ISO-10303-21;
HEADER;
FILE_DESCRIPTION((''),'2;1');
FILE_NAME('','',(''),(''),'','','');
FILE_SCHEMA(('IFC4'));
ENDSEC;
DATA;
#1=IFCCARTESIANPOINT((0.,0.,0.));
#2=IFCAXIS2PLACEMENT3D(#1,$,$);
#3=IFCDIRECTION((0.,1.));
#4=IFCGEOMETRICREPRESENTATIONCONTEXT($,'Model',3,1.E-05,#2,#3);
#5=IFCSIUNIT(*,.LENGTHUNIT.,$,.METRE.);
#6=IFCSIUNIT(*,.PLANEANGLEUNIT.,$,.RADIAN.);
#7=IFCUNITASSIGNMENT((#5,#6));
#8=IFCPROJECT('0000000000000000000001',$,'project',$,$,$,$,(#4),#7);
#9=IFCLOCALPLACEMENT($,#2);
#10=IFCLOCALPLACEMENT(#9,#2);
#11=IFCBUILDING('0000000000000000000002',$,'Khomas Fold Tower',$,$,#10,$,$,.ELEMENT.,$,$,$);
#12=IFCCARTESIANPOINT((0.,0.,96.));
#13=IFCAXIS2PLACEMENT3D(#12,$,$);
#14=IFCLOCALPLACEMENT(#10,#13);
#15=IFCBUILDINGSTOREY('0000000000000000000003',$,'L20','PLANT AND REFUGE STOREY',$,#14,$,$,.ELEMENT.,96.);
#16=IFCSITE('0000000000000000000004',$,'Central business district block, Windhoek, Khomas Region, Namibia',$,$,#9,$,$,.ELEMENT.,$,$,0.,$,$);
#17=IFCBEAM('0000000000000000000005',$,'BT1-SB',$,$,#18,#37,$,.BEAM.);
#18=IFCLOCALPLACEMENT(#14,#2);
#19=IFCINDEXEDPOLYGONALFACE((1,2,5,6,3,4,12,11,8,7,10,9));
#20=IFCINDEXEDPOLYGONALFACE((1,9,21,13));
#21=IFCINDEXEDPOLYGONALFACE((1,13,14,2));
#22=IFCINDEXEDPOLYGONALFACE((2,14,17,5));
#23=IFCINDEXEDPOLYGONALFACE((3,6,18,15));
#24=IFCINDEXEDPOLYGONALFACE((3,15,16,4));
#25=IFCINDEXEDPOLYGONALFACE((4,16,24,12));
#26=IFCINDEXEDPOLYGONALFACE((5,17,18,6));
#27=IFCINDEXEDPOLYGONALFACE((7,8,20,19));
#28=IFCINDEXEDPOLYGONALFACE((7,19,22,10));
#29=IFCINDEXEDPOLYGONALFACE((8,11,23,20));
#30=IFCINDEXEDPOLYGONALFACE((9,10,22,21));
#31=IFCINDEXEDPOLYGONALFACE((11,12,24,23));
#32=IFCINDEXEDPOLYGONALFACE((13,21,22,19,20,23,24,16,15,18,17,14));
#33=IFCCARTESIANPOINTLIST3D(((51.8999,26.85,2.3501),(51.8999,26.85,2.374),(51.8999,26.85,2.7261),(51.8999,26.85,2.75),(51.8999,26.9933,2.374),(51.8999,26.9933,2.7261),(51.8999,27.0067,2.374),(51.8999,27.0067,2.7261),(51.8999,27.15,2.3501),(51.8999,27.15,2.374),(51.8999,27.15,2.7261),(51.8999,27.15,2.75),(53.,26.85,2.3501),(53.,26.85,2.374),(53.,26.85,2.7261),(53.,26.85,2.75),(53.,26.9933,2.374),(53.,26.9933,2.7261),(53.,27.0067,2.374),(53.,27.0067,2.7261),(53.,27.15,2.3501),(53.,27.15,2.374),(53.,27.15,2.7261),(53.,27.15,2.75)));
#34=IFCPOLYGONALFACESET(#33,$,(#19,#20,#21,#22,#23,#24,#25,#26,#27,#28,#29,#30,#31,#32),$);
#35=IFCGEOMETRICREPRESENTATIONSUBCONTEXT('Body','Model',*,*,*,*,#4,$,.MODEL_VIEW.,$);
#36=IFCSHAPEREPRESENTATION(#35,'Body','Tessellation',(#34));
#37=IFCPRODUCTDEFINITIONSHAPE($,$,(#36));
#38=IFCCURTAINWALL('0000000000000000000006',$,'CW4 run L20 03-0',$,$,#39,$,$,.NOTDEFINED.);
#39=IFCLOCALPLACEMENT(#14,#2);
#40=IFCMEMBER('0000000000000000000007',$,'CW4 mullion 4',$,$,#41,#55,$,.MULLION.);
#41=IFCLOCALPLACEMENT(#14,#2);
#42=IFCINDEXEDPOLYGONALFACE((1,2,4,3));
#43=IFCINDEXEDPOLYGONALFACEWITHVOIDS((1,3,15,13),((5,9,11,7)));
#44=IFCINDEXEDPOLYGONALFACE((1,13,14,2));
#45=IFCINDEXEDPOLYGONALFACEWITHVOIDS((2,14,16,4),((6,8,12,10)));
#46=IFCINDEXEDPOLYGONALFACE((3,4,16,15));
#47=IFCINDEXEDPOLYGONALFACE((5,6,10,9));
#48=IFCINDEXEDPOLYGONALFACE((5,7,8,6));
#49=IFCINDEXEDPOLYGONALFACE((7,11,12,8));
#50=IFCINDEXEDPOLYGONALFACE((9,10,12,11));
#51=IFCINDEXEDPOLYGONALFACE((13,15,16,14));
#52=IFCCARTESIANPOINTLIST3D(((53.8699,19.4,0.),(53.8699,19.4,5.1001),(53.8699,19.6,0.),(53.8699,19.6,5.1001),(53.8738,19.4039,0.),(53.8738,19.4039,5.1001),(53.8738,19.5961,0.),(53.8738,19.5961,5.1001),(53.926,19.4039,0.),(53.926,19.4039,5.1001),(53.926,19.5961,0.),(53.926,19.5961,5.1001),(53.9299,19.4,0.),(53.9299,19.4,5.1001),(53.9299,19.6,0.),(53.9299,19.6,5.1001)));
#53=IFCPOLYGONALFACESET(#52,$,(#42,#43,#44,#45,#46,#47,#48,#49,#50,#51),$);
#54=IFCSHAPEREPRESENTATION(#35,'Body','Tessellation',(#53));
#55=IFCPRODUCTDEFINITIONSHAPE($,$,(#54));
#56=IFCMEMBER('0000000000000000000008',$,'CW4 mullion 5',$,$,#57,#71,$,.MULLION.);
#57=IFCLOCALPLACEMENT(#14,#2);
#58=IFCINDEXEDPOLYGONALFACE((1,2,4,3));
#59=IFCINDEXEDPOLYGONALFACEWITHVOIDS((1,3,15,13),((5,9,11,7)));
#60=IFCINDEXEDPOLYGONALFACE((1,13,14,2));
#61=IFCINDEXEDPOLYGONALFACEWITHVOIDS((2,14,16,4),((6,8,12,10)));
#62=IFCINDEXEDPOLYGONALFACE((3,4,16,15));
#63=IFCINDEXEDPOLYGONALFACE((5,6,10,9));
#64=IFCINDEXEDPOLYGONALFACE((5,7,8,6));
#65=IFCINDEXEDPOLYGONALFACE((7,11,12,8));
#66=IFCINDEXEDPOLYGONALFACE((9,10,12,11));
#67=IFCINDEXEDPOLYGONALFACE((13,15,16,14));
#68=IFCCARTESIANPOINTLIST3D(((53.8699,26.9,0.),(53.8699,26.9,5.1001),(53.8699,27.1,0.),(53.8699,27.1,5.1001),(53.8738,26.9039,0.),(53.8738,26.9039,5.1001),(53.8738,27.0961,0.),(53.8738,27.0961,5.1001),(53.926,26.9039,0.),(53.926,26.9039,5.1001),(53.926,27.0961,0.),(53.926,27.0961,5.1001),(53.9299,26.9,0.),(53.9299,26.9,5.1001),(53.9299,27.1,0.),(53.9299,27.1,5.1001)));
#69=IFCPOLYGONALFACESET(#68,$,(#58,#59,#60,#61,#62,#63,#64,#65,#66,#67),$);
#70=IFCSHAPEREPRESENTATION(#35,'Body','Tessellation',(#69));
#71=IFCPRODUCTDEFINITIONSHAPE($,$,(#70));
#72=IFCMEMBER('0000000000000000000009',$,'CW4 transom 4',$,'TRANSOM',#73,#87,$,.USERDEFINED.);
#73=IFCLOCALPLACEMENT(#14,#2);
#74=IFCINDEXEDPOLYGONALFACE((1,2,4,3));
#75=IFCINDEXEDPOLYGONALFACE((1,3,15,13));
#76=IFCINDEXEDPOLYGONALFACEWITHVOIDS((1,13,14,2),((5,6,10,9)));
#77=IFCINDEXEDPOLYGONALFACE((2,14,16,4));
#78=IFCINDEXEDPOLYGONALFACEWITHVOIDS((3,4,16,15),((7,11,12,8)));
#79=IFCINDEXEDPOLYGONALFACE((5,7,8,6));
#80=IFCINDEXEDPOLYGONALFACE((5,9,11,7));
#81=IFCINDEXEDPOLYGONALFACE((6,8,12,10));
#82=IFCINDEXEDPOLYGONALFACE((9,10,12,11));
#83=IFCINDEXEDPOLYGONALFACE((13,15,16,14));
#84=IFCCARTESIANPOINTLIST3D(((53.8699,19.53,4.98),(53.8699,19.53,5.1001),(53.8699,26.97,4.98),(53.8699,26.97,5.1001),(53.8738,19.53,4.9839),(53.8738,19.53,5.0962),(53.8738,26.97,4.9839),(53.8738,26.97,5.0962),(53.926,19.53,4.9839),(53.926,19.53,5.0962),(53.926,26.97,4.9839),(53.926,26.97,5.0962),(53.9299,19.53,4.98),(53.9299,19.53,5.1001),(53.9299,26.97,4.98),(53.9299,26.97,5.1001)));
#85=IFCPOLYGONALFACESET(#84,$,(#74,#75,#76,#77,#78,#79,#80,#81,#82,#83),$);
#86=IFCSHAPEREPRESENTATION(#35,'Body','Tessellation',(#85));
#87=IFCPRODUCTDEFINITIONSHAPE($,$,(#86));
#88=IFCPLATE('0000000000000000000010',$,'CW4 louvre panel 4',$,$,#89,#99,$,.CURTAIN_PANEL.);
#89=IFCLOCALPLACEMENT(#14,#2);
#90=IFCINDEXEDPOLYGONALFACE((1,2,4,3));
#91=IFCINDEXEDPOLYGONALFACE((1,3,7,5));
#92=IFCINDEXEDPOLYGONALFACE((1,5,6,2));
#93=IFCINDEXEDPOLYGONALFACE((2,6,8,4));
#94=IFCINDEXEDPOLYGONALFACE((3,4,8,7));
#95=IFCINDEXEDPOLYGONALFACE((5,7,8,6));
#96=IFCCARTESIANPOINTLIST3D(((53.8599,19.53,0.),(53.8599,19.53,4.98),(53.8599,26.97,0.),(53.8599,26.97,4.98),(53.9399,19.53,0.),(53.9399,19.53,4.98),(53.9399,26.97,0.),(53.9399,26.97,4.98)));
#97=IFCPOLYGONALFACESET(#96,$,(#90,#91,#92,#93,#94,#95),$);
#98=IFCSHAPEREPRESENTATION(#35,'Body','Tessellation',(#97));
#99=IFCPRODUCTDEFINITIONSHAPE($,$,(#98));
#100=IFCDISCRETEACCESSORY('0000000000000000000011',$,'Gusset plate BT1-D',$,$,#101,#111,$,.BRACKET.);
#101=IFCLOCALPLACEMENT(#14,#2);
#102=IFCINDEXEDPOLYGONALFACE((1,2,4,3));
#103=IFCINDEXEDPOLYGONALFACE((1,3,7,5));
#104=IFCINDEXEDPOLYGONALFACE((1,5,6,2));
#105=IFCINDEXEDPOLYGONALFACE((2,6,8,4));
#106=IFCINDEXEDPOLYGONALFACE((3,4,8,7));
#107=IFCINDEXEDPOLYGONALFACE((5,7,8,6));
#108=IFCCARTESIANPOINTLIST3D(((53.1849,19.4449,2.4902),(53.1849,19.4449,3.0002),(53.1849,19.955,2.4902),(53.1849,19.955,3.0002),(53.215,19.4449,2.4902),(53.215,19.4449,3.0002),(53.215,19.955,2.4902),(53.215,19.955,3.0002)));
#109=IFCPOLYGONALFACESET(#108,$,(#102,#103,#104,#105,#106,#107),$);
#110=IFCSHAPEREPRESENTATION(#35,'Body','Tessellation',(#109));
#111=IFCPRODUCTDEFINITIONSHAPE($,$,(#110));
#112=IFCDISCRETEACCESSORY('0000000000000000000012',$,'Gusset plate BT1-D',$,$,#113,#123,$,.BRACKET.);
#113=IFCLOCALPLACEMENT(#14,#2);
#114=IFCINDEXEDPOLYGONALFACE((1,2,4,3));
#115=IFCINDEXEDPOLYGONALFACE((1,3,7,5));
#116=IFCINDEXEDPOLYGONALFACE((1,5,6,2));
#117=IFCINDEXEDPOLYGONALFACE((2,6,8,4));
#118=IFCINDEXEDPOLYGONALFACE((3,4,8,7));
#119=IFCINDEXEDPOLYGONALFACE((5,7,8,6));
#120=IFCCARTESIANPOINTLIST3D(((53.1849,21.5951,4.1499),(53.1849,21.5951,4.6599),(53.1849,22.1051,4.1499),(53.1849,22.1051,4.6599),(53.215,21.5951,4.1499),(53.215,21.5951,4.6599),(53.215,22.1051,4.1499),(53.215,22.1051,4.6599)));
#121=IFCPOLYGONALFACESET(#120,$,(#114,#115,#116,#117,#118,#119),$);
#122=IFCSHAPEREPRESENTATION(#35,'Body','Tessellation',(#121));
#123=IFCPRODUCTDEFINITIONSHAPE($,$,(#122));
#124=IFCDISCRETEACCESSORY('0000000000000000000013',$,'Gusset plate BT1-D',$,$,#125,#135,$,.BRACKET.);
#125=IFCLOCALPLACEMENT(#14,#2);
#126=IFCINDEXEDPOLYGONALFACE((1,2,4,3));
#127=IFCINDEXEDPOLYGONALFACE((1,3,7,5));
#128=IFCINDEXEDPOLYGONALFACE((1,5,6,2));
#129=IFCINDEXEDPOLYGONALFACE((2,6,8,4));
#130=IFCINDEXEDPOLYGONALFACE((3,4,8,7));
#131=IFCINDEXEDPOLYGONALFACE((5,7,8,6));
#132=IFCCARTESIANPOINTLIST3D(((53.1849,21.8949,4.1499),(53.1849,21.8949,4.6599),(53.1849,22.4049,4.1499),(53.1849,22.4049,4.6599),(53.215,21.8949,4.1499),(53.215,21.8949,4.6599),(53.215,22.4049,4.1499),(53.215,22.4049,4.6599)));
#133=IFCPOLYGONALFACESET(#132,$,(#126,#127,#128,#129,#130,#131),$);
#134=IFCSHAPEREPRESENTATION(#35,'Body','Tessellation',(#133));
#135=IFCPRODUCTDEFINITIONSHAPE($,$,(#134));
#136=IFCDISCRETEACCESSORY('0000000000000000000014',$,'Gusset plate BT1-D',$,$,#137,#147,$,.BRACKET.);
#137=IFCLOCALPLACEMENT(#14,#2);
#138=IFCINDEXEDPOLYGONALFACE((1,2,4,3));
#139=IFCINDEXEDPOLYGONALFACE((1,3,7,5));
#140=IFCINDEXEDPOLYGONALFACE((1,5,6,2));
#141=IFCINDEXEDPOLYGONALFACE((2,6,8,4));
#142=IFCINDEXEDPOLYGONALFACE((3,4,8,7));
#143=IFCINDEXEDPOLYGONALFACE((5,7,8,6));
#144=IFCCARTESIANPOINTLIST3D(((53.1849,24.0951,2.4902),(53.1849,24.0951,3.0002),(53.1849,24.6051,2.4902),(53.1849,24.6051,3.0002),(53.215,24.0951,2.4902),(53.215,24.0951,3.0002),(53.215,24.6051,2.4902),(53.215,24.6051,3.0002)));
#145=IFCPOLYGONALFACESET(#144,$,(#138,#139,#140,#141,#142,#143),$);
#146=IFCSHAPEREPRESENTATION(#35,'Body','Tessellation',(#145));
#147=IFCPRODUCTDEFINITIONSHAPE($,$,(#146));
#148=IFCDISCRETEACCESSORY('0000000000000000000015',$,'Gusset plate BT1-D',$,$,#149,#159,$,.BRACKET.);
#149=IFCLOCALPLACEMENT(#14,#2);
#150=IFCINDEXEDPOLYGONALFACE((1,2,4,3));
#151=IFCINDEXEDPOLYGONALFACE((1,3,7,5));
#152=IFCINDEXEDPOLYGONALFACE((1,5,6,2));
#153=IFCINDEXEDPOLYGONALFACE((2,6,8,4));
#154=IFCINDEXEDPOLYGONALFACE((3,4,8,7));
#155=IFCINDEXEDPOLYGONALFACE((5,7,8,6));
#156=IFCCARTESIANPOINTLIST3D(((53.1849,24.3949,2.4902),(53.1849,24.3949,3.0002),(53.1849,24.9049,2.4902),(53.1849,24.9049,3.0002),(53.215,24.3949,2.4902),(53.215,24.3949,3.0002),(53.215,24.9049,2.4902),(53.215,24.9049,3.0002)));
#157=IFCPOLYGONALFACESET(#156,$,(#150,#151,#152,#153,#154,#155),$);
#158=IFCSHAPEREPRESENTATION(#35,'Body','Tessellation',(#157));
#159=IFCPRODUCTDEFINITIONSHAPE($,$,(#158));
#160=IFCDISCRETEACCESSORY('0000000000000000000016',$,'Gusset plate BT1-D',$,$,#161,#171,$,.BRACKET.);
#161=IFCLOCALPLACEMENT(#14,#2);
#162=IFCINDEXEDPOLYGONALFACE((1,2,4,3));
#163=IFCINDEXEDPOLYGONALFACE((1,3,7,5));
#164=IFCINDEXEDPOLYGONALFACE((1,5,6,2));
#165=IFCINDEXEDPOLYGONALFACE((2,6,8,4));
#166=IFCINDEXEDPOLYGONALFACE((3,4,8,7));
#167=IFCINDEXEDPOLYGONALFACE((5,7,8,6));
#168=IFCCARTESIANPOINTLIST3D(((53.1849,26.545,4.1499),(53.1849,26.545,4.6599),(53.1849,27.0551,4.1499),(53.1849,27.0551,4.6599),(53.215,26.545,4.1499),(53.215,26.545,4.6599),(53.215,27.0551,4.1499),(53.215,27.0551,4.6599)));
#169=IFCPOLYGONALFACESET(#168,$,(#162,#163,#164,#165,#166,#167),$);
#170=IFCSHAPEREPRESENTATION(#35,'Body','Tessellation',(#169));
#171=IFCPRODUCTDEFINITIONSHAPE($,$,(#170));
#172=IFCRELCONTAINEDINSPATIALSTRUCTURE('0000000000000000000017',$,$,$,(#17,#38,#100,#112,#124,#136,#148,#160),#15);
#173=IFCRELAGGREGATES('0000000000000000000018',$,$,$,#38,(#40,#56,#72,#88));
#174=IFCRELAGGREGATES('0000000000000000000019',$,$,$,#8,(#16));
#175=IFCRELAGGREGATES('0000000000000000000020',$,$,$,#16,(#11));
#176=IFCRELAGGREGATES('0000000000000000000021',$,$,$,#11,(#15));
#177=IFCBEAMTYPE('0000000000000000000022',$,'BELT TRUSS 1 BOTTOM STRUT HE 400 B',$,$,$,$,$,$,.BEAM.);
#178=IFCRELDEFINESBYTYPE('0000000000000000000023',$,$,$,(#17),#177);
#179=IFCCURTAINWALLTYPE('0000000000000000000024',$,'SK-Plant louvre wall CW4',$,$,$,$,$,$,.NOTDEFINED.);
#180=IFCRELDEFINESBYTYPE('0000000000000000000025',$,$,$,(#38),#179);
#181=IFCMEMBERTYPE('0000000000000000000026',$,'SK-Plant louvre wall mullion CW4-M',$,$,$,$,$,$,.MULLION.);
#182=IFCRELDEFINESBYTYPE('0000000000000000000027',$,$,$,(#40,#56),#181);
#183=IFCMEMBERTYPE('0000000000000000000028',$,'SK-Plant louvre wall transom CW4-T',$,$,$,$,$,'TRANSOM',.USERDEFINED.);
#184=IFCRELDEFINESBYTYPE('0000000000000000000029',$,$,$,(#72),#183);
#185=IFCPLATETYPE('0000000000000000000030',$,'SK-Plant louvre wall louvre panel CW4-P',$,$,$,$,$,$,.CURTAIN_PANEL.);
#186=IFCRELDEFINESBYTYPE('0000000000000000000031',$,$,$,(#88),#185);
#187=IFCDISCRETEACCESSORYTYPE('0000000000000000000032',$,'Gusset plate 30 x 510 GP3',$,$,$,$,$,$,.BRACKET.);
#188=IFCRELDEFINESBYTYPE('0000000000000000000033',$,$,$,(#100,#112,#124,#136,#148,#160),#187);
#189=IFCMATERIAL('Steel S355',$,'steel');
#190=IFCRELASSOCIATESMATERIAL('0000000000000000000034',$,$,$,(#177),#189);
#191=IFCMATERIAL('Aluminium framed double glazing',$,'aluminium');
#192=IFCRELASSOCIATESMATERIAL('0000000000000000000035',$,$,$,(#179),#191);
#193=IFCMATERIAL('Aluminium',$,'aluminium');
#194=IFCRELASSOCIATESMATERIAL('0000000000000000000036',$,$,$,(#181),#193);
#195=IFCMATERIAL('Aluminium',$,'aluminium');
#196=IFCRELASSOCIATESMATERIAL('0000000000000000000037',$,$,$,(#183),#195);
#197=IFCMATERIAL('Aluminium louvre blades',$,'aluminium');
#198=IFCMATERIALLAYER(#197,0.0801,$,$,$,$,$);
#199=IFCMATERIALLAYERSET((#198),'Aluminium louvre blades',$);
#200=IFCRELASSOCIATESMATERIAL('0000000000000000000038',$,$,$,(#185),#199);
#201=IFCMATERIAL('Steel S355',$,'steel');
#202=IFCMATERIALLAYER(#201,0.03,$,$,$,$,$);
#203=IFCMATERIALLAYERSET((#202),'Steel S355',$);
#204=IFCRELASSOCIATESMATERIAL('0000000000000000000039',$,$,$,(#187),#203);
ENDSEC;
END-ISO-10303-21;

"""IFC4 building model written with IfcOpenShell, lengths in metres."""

from ifc_helpers import new_model, si_unit, direction, frame, origin, origin_2d, place, context, subcontext, project, spatial, rectangle, hollow_rectangle, i_section, extrude, source, transform, mapped, material, layer, layer_set, material_profile, profile_set, type_object, element, aggregate, save


model = new_model("IFC4")

# Units and contexts
model_context = context("Model", 3, precision=1e-05, world=origin(), true_north=direction((0.0, 1.0)))
body_context = subcontext(model_context, "Body", "Model", "MODEL_VIEW")
ifc_project = project(units=[si_unit("LENGTHUNIT", "METRE"), si_unit("PLANEANGLEUNIT", "RADIAN")], contexts=[model_context])

# Site, building, storey
site_placement = place(None, origin())
site = spatial("IfcSite", under=ifc_project, at=site_placement, Name="Central business district block, Windhoek, Khomas Region, Namibia", CompositionType="ELEMENT", RefElevation=0.0)
building_placement = place(site_placement, origin())
building = spatial("IfcBuilding", under=site, at=building_placement, Name="Khomas Fold Tower", CompositionType="ELEMENT")
storey_placement = place(building_placement, frame((0.0, 0.0, 96.0)))
storey = spatial("IfcBuildingStorey", under=building, at=storey_placement, Name="L20", Description="PLANT AND REFUGE STOREY", CompositionType="ELEMENT", Elevation=96.0)

# Beam
ifc_material_1 = material(Name="Steel S355", Category="steel")
ifc_material_profile_1 = material_profile(ifc_material_1, i_section(OverallWidth=0.3, OverallDepth=0.3999, WebThickness=0.0134, FlangeThickness=0.0239, at=origin_2d()), Name="HE 400 B")
ifc_profile_set_1 = profile_set([ifc_material_profile_1], Name="Steel S355")
beam_type_1 = type_object("IfcBeamType", Name="BELT TRUSS 1 BOTTOM STRUT HE 400 B", PredefinedType="BEAM", material=ifc_profile_set_1)
shared_shape_1 = source(origin(), body_context, "Body", "SweptSolid", [
    extrude(i_section(OverallWidth=0.3, OverallDepth=0.3999, WebThickness=0.0134, FlangeThickness=0.0239, at=origin_2d()), origin(), (0.0, 0.0, 1.0), 1.1001),
])
beam_1_placement = place(storey_placement, frame((51.8999, 27.0, 2.55), z_axis=(1.0, 0.0, 0.0), x_axis=(0.0, 1.0, 0.0)))
element("IfcBeam", 1, at=beam_1_placement, inside=storey, type_object=beam_type_1, Name="BT1-SB", PredefinedType="BEAM", context=body_context, shape_type="MappedRepresentation", body=[
    mapped(shared_shape_1, transform((0.0, 0.0, 0.0))),
])

# Curtain wall, members, plate
ifc_material_2 = material(Name="Aluminium framed double glazing", Category="aluminium")
curtain_wall_type = type_object("IfcCurtainWallType", Name="SK-Plant louvre wall CW4", PredefinedType="NOTDEFINED", material=ifc_material_2)
curtain_wall_placement = place(storey_placement, origin())
curtain_wall = element("IfcCurtainWall", 2, at=curtain_wall_placement, inside=storey, type_object=curtain_wall_type, Name="CW4 run L20 03-0", PredefinedType="NOTDEFINED")
ifc_material_3 = material(Name="Aluminium", Category="aluminium")
ifc_material_profile_2 = material_profile(ifc_material_3, hollow_rectangle(XDim=0.0601, YDim=0.2, WallThickness=0.0039, at=origin_2d()), Name="SK-Plant louvre wall mullion CW4-M")
ifc_profile_set_2 = profile_set([ifc_material_profile_2], Name="Aluminium")
member_type_1 = type_object("IfcMemberType", Name="SK-Plant louvre wall mullion CW4-M", PredefinedType="MULLION", material=ifc_profile_set_2)
shared_shape_2 = source(origin(), body_context, "Body", "SweptSolid", [
    extrude(hollow_rectangle(XDim=0.0601, YDim=0.2, WallThickness=0.0039, at=origin_2d()), origin(), (0.0, 0.0, 1.0), 5.1001),
])
member_1_placement = place(storey_placement, frame((53.8999, 19.5, 0.0), z_axis=(0.0, 0.0, 1.0), x_axis=(-1.0, 0.0, 0.0)))
member_1 = element("IfcMember", 3, at=member_1_placement, type_object=member_type_1, Name="CW4 mullion 4", PredefinedType="MULLION", context=body_context, shape_type="MappedRepresentation", body=[
    mapped(shared_shape_2, transform((0.0, 0.0, 0.0))),
])
member_2_placement = place(storey_placement, frame((53.8999, 27.0, 0.0), z_axis=(0.0, 0.0, 1.0), x_axis=(-1.0, 0.0, 0.0)))
member_2 = element("IfcMember", 4, at=member_2_placement, type_object=member_type_1, Name="CW4 mullion 5", PredefinedType="MULLION", context=body_context, shape_type="MappedRepresentation", body=[
    mapped(shared_shape_2, transform((0.0, 0.0, 0.0))),
])
ifc_material_4 = material(Name="Aluminium", Category="aluminium")
ifc_material_profile_3 = material_profile(ifc_material_4, hollow_rectangle(XDim=0.0601, YDim=0.1201, WallThickness=0.0039, at=origin_2d()), Name="SK-Plant louvre wall transom CW4-T")
ifc_profile_set_3 = profile_set([ifc_material_profile_3], Name="Aluminium")
member_type_2 = type_object("IfcMemberType", Name="SK-Plant louvre wall transom CW4-T", ElementType="TRANSOM", PredefinedType="USERDEFINED", material=ifc_profile_set_3)
shared_shape_3 = source(origin(), body_context, "Body", "SweptSolid", [
    extrude(hollow_rectangle(XDim=0.0601, YDim=0.1201, WallThickness=0.0039, at=origin_2d()), origin(), (0.0, 0.0, 1.0), 7.4399),
])
member_3_placement = place(storey_placement, frame((53.8999, 19.53, 5.04), z_axis=(0.0, 1.0, 0.0), x_axis=(-1.0, 0.0, 0.0)))
member_3 = element("IfcMember", 5, at=member_3_placement, type_object=member_type_2, Name="CW4 transom 4", ObjectType="TRANSOM", PredefinedType="USERDEFINED", context=body_context, shape_type="MappedRepresentation", body=[
    mapped(shared_shape_3, transform((0.0, 0.0, 0.0))),
])
ifc_material_5 = material(Name="Aluminium louvre blades", Category="aluminium")
ifc_layer_1 = layer(ifc_material_5, 0.0801)
ifc_layer_set_1 = layer_set([ifc_layer_1], Name="Aluminium louvre blades")
plate_type = type_object("IfcPlateType", Name="SK-Plant louvre wall louvre panel CW4-P", PredefinedType="CURTAIN_PANEL", material=ifc_layer_set_1)
shared_shape_4 = source(origin(), body_context, "Body", "SweptSolid", [
    extrude(rectangle(XDim=7.4399, YDim=0.0801, at=origin_2d()), origin(), (0.0, 0.0, 1.0), 4.98),
])
plate_placement = place(storey_placement, frame((53.8999, 23.25, 0.0), z_axis=(0.0, 0.0, 1.0), x_axis=(0.0, 1.0, 0.0)))
plate = element("IfcPlate", 6, at=plate_placement, type_object=plate_type, Name="CW4 louvre panel 4", PredefinedType="CURTAIN_PANEL", context=body_context, shape_type="MappedRepresentation", body=[
    mapped(shared_shape_4, transform((0.0, 0.0, 0.0))),
])
aggregate(curtain_wall, [member_1, member_2, member_3, plate])

# Discrete accessories
ifc_material_6 = material(Name="Steel S355", Category="steel")
ifc_layer_2 = layer(ifc_material_6, 0.03)
ifc_layer_set_2 = layer_set([ifc_layer_2], Name="Steel S355")
discrete_accessory_type = type_object("IfcDiscreteAccessoryType", Name="Gusset plate 30 x 510 GP3", PredefinedType="BRACKET", material=ifc_layer_set_2)
shared_shape_5 = source(origin(), body_context, "Body", "SweptSolid", [
    extrude(rectangle(XDim=0.51, YDim=0.03, at=origin_2d()), origin(), (0.0, 0.0, 1.0), 0.51),
])
for number, where, z_axis, x_axis, name in (
    (7, (53.2, 19.7, 2.4902), (0.0, 0.0, 1.0), (0.0, 1.0, 0.0), "Gusset plate BT1-D"),
    (8, (53.2, 21.8501, 4.1499), (0.0, 0.0, 1.0), (0.0, 1.0, 0.0), "Gusset plate BT1-D"),
    (9, (53.2, 22.1499, 4.1499), (0.0, 0.0, 1.0), (0.0, 1.0, 0.0), "Gusset plate BT1-D"),
    (10, (53.2, 24.3501, 2.4902), (0.0, 0.0, 1.0), (0.0, 1.0, 0.0), "Gusset plate BT1-D"),
    (11, (53.2, 24.6499, 2.4902), (0.0, 0.0, 1.0), (0.0, 1.0, 0.0), "Gusset plate BT1-D"),
    (12, (53.2, 26.8, 4.1499), (0.0, 0.0, 1.0), (0.0, 1.0, 0.0), "Gusset plate BT1-D"),
):
    element("IfcDiscreteAccessory", number, at=place(storey_placement, frame(where, z_axis=z_axis, x_axis=x_axis)), inside=storey, type_object=discrete_accessory_type, Name=name, PredefinedType="BRACKET", context=body_context, shape_type="MappedRepresentation", body=[
        mapped(shared_shape_5, transform((0.0, 0.0, 0.0))),
    ])

save(model, "model.ifc")
